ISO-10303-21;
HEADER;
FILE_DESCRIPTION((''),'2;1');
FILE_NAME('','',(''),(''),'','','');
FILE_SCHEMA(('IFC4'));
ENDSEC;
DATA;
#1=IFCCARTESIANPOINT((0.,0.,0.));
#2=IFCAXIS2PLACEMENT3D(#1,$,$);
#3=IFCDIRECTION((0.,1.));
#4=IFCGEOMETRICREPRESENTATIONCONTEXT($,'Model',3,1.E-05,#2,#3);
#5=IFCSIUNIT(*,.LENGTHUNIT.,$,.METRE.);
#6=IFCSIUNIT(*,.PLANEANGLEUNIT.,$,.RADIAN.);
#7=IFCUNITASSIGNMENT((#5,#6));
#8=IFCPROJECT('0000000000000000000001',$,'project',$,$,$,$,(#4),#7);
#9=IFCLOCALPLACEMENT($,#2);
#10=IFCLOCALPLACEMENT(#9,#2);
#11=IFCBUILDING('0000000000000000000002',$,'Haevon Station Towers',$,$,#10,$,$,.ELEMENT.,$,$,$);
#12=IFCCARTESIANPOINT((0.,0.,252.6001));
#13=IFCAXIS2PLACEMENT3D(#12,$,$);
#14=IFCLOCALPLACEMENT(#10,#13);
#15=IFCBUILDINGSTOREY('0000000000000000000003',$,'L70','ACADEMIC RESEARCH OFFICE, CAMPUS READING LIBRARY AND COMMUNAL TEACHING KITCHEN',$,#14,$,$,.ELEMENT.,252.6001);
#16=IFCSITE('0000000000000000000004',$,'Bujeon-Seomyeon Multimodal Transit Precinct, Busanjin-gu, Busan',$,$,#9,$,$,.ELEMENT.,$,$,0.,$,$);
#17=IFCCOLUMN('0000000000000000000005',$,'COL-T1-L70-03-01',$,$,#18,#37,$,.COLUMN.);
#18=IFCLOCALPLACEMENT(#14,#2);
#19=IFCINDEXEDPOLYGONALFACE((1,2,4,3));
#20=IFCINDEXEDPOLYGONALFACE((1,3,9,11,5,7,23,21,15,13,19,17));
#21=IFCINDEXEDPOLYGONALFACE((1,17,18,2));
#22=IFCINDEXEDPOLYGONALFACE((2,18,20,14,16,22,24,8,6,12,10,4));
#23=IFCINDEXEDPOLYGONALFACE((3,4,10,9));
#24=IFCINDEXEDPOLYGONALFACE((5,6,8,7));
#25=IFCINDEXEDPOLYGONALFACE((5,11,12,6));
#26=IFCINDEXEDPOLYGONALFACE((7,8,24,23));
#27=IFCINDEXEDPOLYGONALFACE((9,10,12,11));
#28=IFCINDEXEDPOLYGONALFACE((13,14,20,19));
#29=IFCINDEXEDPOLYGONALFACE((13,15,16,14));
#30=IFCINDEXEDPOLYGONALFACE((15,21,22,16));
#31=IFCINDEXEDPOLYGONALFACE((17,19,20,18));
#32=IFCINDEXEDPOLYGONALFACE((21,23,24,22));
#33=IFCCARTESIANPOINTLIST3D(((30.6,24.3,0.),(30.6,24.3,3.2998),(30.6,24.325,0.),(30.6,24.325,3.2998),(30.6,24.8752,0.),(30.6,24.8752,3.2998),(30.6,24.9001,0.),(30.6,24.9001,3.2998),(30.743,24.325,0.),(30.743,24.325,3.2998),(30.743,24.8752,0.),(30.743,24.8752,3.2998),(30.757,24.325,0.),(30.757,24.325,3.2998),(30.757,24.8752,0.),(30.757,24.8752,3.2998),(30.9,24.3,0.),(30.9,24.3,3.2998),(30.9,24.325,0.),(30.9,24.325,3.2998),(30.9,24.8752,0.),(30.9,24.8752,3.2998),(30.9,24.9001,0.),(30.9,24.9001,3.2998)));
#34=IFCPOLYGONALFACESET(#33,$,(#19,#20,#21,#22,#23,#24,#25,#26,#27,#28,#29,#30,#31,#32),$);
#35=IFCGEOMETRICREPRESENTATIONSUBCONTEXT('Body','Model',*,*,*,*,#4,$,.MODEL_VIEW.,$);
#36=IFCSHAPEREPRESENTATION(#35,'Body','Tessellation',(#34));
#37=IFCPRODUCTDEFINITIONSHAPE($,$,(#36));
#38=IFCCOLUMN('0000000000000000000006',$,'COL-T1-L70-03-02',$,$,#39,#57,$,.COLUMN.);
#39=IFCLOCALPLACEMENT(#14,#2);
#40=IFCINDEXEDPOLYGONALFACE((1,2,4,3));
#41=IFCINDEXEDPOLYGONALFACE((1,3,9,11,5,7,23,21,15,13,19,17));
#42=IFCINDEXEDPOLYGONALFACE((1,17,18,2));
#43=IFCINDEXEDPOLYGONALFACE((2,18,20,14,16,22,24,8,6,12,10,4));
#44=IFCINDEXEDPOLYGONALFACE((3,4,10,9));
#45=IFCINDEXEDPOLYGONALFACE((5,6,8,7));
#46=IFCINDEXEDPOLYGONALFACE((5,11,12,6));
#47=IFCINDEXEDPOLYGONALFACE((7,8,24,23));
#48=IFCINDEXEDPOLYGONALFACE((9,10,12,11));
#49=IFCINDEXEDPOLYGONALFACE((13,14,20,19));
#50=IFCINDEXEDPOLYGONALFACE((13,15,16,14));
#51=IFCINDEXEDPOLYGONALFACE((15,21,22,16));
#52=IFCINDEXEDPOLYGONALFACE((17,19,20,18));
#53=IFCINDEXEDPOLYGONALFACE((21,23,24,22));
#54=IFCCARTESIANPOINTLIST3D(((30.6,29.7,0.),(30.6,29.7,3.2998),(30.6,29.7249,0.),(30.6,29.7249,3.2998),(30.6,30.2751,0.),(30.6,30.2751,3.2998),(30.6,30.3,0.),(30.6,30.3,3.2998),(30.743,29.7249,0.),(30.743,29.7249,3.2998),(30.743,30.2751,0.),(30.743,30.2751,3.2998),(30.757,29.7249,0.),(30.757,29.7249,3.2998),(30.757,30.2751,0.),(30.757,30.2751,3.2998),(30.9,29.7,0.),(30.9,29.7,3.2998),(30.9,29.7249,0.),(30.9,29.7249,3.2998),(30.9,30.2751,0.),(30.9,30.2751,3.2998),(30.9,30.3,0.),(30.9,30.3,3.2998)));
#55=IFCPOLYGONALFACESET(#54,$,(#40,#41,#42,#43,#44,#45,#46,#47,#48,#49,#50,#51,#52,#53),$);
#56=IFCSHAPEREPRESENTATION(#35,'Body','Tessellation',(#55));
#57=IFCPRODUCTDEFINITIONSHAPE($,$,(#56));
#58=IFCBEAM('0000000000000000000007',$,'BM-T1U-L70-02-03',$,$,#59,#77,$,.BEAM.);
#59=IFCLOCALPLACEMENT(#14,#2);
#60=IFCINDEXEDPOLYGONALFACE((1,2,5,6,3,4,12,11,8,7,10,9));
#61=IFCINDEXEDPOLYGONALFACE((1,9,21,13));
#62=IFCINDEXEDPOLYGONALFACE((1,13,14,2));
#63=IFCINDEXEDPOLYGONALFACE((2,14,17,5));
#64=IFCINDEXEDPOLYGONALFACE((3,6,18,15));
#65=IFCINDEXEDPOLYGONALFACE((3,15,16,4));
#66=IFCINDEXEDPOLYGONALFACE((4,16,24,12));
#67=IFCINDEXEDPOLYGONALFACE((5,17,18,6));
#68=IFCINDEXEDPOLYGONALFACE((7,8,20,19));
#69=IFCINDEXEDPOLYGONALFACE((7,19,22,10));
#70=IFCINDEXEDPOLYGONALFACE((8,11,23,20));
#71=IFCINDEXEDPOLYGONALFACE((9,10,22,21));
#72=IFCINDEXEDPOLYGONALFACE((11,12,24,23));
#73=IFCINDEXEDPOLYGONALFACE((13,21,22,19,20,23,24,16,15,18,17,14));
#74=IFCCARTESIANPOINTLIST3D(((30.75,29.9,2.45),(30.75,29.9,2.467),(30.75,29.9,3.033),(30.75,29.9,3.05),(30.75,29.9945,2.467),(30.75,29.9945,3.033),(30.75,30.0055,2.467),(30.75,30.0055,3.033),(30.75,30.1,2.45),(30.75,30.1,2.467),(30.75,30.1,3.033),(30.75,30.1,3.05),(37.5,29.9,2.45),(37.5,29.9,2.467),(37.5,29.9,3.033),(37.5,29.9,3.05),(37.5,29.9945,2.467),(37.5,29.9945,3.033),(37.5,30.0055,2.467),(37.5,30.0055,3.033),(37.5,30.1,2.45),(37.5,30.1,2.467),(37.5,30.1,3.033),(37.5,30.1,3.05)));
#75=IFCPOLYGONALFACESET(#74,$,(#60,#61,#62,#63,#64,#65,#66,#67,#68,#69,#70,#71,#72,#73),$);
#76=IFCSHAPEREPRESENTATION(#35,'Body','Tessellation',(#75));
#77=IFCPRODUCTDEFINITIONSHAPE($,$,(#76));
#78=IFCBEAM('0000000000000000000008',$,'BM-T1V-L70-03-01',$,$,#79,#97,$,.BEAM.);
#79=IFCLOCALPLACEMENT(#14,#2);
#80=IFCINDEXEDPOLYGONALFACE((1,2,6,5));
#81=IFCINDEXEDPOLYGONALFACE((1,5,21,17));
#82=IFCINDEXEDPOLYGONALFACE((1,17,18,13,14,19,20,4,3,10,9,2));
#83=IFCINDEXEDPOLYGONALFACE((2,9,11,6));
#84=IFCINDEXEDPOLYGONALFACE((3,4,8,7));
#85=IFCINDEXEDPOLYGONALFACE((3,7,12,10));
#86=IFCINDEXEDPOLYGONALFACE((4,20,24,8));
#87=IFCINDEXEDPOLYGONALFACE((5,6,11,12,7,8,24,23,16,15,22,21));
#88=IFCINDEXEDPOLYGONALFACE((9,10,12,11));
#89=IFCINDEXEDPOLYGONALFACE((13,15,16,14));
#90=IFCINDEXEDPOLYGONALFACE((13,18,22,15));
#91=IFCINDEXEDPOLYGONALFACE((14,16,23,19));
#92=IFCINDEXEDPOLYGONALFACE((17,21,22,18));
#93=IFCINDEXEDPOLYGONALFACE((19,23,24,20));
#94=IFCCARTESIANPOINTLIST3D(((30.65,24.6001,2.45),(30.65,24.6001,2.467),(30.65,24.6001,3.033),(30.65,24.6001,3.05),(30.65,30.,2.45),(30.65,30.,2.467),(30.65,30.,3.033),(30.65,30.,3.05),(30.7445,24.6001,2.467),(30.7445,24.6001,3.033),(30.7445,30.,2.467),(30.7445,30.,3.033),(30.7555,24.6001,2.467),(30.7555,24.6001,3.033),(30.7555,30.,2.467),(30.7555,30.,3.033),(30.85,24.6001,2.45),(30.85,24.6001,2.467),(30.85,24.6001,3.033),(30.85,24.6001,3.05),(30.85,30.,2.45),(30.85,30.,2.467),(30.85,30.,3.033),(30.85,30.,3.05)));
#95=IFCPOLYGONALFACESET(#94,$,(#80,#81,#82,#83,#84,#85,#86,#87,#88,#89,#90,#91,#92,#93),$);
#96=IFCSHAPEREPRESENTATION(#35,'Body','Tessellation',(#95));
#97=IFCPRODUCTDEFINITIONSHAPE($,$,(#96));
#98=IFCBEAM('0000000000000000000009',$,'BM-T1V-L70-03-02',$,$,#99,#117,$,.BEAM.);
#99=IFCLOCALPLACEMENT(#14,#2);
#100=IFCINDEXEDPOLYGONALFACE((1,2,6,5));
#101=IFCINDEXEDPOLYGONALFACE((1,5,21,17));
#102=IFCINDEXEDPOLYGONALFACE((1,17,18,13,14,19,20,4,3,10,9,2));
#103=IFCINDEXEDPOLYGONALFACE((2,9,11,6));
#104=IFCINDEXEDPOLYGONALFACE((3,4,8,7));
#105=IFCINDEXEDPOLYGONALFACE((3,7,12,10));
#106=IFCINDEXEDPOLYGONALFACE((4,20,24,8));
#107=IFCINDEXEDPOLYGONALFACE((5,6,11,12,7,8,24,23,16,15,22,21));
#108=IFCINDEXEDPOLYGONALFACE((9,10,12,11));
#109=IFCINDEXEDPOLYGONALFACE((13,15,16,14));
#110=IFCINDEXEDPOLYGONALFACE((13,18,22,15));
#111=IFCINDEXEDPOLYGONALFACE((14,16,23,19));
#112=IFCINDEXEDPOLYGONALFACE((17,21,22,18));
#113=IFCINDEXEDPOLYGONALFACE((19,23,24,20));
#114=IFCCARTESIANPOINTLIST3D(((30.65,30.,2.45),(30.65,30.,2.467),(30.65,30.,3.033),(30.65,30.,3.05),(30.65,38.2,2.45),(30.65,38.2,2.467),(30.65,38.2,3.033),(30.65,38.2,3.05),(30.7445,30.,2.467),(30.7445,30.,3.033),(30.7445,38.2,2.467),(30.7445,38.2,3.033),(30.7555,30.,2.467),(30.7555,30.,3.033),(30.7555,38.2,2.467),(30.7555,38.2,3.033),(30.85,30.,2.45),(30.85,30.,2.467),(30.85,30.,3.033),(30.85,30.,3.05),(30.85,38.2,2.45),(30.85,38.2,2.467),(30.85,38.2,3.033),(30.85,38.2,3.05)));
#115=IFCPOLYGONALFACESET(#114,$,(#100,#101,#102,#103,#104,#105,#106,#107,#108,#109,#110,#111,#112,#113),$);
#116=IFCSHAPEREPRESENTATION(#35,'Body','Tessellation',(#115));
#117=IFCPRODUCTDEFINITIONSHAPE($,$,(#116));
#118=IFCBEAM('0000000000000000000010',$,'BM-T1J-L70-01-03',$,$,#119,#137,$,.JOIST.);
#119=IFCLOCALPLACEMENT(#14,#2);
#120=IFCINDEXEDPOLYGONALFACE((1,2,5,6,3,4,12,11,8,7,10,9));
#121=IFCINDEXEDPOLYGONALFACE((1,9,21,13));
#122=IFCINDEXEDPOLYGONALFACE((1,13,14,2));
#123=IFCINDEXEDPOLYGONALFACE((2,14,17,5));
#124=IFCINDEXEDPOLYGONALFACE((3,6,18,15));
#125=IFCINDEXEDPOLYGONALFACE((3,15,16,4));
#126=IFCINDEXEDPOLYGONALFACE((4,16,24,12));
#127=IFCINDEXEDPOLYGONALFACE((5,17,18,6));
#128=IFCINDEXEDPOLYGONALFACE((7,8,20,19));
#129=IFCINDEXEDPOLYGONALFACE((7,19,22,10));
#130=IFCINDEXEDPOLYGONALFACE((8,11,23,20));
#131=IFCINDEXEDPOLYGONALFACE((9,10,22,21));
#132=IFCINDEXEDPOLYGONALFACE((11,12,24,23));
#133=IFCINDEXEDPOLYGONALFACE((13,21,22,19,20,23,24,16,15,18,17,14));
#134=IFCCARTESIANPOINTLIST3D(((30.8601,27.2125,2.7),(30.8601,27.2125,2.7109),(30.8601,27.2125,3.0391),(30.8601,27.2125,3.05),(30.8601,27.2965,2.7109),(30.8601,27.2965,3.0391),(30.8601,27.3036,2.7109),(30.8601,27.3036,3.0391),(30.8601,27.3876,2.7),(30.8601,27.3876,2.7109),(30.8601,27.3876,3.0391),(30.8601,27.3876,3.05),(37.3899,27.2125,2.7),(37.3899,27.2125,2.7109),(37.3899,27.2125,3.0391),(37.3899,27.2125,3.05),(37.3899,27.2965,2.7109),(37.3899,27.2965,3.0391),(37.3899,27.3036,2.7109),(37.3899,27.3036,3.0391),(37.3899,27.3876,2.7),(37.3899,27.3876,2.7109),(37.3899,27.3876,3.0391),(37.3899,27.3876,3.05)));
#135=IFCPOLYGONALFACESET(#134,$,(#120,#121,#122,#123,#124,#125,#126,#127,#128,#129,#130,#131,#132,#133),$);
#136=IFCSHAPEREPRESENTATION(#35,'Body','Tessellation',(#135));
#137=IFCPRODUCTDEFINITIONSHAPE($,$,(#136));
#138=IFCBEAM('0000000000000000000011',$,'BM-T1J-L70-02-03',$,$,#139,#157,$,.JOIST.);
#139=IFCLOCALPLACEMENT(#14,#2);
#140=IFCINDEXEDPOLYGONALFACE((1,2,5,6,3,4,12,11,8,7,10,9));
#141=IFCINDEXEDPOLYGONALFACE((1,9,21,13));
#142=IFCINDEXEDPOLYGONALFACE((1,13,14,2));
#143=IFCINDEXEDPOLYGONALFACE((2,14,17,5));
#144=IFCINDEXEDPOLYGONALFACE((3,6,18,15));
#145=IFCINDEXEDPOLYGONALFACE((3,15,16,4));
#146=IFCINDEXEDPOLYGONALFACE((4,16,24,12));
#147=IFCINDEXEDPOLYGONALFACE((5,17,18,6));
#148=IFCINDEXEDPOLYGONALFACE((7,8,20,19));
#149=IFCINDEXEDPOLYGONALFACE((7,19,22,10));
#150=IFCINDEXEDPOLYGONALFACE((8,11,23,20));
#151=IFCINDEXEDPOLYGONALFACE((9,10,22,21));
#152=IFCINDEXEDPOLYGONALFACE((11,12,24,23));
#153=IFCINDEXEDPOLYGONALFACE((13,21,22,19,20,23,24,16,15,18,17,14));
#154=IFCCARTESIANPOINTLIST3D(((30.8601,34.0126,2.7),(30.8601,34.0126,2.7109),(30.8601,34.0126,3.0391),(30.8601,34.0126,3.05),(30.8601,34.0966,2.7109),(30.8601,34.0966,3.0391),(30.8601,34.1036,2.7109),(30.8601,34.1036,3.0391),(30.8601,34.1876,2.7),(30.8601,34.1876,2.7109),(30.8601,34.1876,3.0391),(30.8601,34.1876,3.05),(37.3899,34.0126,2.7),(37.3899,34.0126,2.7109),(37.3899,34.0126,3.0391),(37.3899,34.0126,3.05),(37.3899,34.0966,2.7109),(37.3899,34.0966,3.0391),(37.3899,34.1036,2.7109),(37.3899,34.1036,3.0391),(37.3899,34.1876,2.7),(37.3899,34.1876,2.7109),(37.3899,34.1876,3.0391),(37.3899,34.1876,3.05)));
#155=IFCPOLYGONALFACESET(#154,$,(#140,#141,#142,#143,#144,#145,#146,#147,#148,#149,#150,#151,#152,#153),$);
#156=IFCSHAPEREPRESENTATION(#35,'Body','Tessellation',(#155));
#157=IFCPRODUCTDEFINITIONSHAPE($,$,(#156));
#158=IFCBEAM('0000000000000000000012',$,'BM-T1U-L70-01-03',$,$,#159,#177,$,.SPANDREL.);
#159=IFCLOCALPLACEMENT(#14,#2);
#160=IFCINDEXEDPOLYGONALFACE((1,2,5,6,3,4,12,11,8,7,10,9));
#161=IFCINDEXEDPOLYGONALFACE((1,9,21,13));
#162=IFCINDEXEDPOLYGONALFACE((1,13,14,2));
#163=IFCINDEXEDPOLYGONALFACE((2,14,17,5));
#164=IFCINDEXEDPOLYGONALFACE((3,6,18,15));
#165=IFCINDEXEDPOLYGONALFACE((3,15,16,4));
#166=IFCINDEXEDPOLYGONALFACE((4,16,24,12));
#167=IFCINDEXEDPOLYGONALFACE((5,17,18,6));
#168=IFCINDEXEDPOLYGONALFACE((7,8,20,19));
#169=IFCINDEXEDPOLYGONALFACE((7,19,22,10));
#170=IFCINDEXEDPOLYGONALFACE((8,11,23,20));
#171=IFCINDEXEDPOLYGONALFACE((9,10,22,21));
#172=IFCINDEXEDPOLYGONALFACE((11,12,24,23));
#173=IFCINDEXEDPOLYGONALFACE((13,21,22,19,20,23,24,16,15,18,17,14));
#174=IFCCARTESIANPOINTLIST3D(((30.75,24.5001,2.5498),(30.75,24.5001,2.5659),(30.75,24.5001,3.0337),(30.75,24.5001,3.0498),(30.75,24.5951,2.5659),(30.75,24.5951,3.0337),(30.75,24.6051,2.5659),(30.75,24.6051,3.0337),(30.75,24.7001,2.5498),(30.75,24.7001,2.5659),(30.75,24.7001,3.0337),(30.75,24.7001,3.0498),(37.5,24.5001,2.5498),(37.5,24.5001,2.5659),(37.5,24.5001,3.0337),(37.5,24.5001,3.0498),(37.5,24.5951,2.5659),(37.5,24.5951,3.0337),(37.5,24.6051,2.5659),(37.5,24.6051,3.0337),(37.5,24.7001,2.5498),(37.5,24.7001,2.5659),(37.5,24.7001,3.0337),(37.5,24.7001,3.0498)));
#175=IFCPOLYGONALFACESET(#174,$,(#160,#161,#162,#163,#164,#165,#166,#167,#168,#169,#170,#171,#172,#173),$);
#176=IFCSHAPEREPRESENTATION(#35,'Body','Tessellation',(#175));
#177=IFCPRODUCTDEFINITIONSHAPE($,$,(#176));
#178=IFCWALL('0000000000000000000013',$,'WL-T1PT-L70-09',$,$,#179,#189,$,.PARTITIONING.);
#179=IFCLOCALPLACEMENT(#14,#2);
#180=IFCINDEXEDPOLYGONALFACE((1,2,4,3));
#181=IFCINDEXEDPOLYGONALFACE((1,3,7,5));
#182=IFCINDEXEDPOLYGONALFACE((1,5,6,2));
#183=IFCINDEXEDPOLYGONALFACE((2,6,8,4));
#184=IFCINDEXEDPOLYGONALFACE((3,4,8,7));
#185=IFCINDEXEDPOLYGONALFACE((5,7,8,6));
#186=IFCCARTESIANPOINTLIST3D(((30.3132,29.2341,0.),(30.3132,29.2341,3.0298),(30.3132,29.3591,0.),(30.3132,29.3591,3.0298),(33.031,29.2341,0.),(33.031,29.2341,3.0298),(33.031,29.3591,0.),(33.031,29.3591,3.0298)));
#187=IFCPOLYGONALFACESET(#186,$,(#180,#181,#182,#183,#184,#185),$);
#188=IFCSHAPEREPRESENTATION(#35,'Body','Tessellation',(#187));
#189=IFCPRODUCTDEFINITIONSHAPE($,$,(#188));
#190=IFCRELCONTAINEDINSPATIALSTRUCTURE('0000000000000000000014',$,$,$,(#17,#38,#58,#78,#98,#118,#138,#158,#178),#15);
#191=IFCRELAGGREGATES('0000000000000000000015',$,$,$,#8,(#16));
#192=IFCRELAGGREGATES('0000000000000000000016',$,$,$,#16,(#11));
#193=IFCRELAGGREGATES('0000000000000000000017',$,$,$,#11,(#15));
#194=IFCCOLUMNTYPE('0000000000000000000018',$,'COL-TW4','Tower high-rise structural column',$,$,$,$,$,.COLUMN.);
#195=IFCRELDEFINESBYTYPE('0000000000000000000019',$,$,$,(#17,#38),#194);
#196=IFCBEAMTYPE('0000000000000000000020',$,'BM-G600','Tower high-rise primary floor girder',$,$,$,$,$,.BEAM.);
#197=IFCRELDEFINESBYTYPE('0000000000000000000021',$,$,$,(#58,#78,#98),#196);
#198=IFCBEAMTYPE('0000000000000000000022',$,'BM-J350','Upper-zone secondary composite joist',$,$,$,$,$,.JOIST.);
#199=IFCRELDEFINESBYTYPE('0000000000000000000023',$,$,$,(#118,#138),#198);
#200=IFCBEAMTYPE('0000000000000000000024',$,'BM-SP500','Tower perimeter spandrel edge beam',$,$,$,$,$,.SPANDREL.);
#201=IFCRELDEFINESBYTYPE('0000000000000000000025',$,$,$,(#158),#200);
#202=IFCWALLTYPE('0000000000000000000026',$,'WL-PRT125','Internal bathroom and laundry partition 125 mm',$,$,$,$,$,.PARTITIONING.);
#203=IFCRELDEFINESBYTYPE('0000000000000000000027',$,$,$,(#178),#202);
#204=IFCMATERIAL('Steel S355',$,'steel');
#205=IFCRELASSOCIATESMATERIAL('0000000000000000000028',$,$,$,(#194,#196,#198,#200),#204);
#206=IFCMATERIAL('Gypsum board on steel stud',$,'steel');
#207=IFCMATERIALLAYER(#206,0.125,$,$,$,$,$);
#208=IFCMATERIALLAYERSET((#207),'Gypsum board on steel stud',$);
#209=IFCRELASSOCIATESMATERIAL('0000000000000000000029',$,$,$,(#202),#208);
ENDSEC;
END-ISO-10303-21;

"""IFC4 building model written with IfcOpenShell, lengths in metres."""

from ifc_helpers import new_model, si_unit, direction, frame, frame_2d, origin, origin_2d, place, context, subcontext, project, spatial, rectangle, i_section, extrude, material, layer, layer_set, material_profile, profile_set, type_object, element, save


model = new_model("IFC4")

# Units and contexts
model_context = context("Model", 3, precision=1e-05, world=origin(), true_north=direction((0.0, 1.0)))
body_context = subcontext(model_context, "Body", "Model", "MODEL_VIEW")
ifc_project = project(units=[si_unit("LENGTHUNIT", "METRE"), si_unit("PLANEANGLEUNIT", "RADIAN")], contexts=[model_context])

# Site, building, storey
site_placement = place(None, origin())
site = spatial("IfcSite", under=ifc_project, at=site_placement, Name="Bujeon-Seomyeon Multimodal Transit Precinct, Busanjin-gu, Busan", CompositionType="ELEMENT", RefElevation=0.0)
building_placement = place(site_placement, origin())
building = spatial("IfcBuilding", under=site, at=building_placement, Name="Haevon Station Towers", CompositionType="ELEMENT")
storey_placement = place(building_placement, frame((0.0, 0.0, 252.6001)))
storey = spatial("IfcBuildingStorey", under=building, at=storey_placement, Name="L70", Description="ACADEMIC RESEARCH OFFICE, CAMPUS READING LIBRARY AND COMMUNAL TEACHING KITCHEN", CompositionType="ELEMENT", Elevation=252.6001)

# Columns
ifc_material_1 = material(Name="Steel S355", Category="steel")
ifc_material_profile_1 = material_profile(ifc_material_1, i_section(OverallWidth=0.3, OverallDepth=0.6001, WebThickness=0.0139, FlangeThickness=0.0249, at=origin_2d()), Name="H-600x300x14x25")
ifc_profile_set_1 = profile_set([ifc_material_profile_1], Name="Steel S355")
column_type = type_object("IfcColumnType", Name="COL-TW4", Description="Tower high-rise structural column", PredefinedType="COLUMN", material=ifc_profile_set_1)
for number, where, z_axis, x_axis, name in (
    (1, (30.75, 24.6001, 0.0), (0.0, 0.0, 1.0), (1.0, 0.0, 0.0), "COL-T1-L70-03-01"),
    (2, (30.75, 30.0, 0.0), (0.0, 0.0, 1.0), (1.0, 0.0, 0.0), "COL-T1-L70-03-02"),
):
    element("IfcColumn", number, at=place(storey_placement, frame(where, z_axis=z_axis, x_axis=x_axis)), inside=storey, type_object=column_type, Name=name, PredefinedType="COLUMN", context=body_context, shape_type="SweptSolid", body=[
        extrude(i_section(OverallWidth=0.3, OverallDepth=0.6001, WebThickness=0.0139, FlangeThickness=0.0249, at=origin_2d()), origin(), (0.0, 0.0, 1.0), 3.2998),
    ])

# Beams
ifc_material_profile_2 = material_profile(ifc_material_1, i_section(OverallWidth=0.2, OverallDepth=0.6001, WebThickness=0.011, FlangeThickness=0.0171, at=origin_2d()), Name="H-600x200x11x17")
ifc_profile_set_2 = profile_set([ifc_material_profile_2], Name="Steel S355")
beam_type_1 = type_object("IfcBeamType", Name="BM-G600", Description="Tower high-rise primary floor girder", PredefinedType="BEAM", material=ifc_profile_set_2)
beam_1_placement = place(storey_placement, frame((30.75, 30.0, 2.75), z_axis=(1.0, 0.0, 0.0), x_axis=(0.0, 1.0, 0.0)))
element("IfcBeam", 3, at=beam_1_placement, inside=storey, type_object=beam_type_1, Name="BM-T1U-L70-02-03", PredefinedType="BEAM", context=body_context, shape_type="SweptSolid", body=[
    extrude(i_section(OverallWidth=0.2, OverallDepth=0.6001, WebThickness=0.011, FlangeThickness=0.0171, at=origin_2d()), origin(), (0.0, 0.0, 1.0), 6.75),
])
beam_2_placement = place(storey_placement, frame((30.75, 24.6001, 2.75), z_axis=(0.0, 1.0, 0.0), x_axis=(-1.0, 0.0, 0.0)))
element("IfcBeam", 4, at=beam_2_placement, inside=storey, type_object=beam_type_1, Name="BM-T1V-L70-03-01", PredefinedType="BEAM", context=body_context, shape_type="SweptSolid", body=[
    extrude(i_section(OverallWidth=0.2, OverallDepth=0.6001, WebThickness=0.011, FlangeThickness=0.0171, at=origin_2d()), origin(), (0.0, 0.0, 1.0), 5.3999),
])
beam_3_placement = place(storey_placement, frame((30.75, 30.0, 2.75), z_axis=(0.0, 1.0, 0.0), x_axis=(-1.0, 0.0, 0.0)))
element("IfcBeam", 5, at=beam_3_placement, inside=storey, type_object=beam_type_1, Name="BM-T1V-L70-03-02", PredefinedType="BEAM", context=body_context, shape_type="SweptSolid", body=[
    extrude(i_section(OverallWidth=0.2, OverallDepth=0.6001, WebThickness=0.011, FlangeThickness=0.0171, at=origin_2d()), origin(), (0.0, 0.0, 1.0), 8.2),
])
ifc_material_profile_3 = material_profile(ifc_material_1, i_section(OverallWidth=0.175, OverallDepth=0.3501, WebThickness=0.0071, FlangeThickness=0.011, at=origin_2d()), Name="H-350x175x7x11")
ifc_profile_set_3 = profile_set([ifc_material_profile_3], Name="Steel S355")
beam_type_2 = type_object("IfcBeamType", Name="BM-J350", Description="Upper-zone secondary composite joist", PredefinedType="JOIST", material=ifc_profile_set_3)
for number, where, z_axis, x_axis, name in (
    (6, (30.8601, 27.3, 2.875), (1.0, 0.0, 0.0), (0.0, 1.0, 0.0), "BM-T1J-L70-01-03"),
    (7, (30.8601, 34.1001, 2.875), (1.0, 0.0, 0.0), (0.0, 1.0, 0.0), "BM-T1J-L70-02-03"),
):
    element("IfcBeam", number, at=place(storey_placement, frame(where, z_axis=z_axis, x_axis=x_axis)), inside=storey, type_object=beam_type_2, Name=name, PredefinedType="JOIST", context=body_context, shape_type="SweptSolid", body=[
        extrude(i_section(OverallWidth=0.175, OverallDepth=0.3501, WebThickness=0.0071, FlangeThickness=0.011, at=origin_2d()), origin(), (0.0, 0.0, 1.0), 6.5298),
    ])
ifc_material_profile_4 = material_profile(ifc_material_1, i_section(OverallWidth=0.2, OverallDepth=0.5, WebThickness=0.01, FlangeThickness=0.0161, at=origin_2d()), Name="H-500x200x10x16")
ifc_profile_set_4 = profile_set([ifc_material_profile_4], Name="Steel S355")
beam_type_3 = type_object("IfcBeamType", Name="BM-SP500", Description="Tower perimeter spandrel edge beam", PredefinedType="SPANDREL", material=ifc_profile_set_4)
beam_4_placement = place(storey_placement, frame((30.75, 24.6001, 2.7998), z_axis=(1.0, 0.0, 0.0), x_axis=(0.0, 1.0, 0.0)))
element("IfcBeam", 8, at=beam_4_placement, inside=storey, type_object=beam_type_3, Name="BM-T1U-L70-01-03", PredefinedType="SPANDREL", context=body_context, shape_type="SweptSolid", body=[
    extrude(i_section(OverallWidth=0.2, OverallDepth=0.5, WebThickness=0.01, FlangeThickness=0.0161, at=origin_2d()), origin(), (0.0, 0.0, 1.0), 6.75),
])

# Wall
ifc_material_2 = material(Name="Gypsum board on steel stud", Category="steel")
ifc_layer_1 = layer(ifc_material_2, 0.125)
ifc_layer_set_1 = layer_set([ifc_layer_1], Name="Gypsum board on steel stud")
wall_type_1 = type_object("IfcWallType", Name="WL-PRT125", Description="Internal bathroom and laundry partition 125 mm", PredefinedType="PARTITIONING", material=ifc_layer_set_1)
wall_1_placement = place(storey_placement, frame((30.3132, 29.2966, 0.0), z_axis=(0.0, 0.0, 1.0), x_axis=(1.0, 0.0, 0.0)))
element("IfcWall", 9, at=wall_1_placement, inside=storey, type_object=wall_type_1, Name="WL-T1PT-L70-09", PredefinedType="PARTITIONING", context=body_context, shape_type="SweptSolid", body=[
    extrude(rectangle(XDim=2.7178, YDim=0.125, at=frame_2d((1.3589, 0.0))), origin(), (0.0, 0.0, 1.0), 3.0298),
])

save(model, "model.ifc")
